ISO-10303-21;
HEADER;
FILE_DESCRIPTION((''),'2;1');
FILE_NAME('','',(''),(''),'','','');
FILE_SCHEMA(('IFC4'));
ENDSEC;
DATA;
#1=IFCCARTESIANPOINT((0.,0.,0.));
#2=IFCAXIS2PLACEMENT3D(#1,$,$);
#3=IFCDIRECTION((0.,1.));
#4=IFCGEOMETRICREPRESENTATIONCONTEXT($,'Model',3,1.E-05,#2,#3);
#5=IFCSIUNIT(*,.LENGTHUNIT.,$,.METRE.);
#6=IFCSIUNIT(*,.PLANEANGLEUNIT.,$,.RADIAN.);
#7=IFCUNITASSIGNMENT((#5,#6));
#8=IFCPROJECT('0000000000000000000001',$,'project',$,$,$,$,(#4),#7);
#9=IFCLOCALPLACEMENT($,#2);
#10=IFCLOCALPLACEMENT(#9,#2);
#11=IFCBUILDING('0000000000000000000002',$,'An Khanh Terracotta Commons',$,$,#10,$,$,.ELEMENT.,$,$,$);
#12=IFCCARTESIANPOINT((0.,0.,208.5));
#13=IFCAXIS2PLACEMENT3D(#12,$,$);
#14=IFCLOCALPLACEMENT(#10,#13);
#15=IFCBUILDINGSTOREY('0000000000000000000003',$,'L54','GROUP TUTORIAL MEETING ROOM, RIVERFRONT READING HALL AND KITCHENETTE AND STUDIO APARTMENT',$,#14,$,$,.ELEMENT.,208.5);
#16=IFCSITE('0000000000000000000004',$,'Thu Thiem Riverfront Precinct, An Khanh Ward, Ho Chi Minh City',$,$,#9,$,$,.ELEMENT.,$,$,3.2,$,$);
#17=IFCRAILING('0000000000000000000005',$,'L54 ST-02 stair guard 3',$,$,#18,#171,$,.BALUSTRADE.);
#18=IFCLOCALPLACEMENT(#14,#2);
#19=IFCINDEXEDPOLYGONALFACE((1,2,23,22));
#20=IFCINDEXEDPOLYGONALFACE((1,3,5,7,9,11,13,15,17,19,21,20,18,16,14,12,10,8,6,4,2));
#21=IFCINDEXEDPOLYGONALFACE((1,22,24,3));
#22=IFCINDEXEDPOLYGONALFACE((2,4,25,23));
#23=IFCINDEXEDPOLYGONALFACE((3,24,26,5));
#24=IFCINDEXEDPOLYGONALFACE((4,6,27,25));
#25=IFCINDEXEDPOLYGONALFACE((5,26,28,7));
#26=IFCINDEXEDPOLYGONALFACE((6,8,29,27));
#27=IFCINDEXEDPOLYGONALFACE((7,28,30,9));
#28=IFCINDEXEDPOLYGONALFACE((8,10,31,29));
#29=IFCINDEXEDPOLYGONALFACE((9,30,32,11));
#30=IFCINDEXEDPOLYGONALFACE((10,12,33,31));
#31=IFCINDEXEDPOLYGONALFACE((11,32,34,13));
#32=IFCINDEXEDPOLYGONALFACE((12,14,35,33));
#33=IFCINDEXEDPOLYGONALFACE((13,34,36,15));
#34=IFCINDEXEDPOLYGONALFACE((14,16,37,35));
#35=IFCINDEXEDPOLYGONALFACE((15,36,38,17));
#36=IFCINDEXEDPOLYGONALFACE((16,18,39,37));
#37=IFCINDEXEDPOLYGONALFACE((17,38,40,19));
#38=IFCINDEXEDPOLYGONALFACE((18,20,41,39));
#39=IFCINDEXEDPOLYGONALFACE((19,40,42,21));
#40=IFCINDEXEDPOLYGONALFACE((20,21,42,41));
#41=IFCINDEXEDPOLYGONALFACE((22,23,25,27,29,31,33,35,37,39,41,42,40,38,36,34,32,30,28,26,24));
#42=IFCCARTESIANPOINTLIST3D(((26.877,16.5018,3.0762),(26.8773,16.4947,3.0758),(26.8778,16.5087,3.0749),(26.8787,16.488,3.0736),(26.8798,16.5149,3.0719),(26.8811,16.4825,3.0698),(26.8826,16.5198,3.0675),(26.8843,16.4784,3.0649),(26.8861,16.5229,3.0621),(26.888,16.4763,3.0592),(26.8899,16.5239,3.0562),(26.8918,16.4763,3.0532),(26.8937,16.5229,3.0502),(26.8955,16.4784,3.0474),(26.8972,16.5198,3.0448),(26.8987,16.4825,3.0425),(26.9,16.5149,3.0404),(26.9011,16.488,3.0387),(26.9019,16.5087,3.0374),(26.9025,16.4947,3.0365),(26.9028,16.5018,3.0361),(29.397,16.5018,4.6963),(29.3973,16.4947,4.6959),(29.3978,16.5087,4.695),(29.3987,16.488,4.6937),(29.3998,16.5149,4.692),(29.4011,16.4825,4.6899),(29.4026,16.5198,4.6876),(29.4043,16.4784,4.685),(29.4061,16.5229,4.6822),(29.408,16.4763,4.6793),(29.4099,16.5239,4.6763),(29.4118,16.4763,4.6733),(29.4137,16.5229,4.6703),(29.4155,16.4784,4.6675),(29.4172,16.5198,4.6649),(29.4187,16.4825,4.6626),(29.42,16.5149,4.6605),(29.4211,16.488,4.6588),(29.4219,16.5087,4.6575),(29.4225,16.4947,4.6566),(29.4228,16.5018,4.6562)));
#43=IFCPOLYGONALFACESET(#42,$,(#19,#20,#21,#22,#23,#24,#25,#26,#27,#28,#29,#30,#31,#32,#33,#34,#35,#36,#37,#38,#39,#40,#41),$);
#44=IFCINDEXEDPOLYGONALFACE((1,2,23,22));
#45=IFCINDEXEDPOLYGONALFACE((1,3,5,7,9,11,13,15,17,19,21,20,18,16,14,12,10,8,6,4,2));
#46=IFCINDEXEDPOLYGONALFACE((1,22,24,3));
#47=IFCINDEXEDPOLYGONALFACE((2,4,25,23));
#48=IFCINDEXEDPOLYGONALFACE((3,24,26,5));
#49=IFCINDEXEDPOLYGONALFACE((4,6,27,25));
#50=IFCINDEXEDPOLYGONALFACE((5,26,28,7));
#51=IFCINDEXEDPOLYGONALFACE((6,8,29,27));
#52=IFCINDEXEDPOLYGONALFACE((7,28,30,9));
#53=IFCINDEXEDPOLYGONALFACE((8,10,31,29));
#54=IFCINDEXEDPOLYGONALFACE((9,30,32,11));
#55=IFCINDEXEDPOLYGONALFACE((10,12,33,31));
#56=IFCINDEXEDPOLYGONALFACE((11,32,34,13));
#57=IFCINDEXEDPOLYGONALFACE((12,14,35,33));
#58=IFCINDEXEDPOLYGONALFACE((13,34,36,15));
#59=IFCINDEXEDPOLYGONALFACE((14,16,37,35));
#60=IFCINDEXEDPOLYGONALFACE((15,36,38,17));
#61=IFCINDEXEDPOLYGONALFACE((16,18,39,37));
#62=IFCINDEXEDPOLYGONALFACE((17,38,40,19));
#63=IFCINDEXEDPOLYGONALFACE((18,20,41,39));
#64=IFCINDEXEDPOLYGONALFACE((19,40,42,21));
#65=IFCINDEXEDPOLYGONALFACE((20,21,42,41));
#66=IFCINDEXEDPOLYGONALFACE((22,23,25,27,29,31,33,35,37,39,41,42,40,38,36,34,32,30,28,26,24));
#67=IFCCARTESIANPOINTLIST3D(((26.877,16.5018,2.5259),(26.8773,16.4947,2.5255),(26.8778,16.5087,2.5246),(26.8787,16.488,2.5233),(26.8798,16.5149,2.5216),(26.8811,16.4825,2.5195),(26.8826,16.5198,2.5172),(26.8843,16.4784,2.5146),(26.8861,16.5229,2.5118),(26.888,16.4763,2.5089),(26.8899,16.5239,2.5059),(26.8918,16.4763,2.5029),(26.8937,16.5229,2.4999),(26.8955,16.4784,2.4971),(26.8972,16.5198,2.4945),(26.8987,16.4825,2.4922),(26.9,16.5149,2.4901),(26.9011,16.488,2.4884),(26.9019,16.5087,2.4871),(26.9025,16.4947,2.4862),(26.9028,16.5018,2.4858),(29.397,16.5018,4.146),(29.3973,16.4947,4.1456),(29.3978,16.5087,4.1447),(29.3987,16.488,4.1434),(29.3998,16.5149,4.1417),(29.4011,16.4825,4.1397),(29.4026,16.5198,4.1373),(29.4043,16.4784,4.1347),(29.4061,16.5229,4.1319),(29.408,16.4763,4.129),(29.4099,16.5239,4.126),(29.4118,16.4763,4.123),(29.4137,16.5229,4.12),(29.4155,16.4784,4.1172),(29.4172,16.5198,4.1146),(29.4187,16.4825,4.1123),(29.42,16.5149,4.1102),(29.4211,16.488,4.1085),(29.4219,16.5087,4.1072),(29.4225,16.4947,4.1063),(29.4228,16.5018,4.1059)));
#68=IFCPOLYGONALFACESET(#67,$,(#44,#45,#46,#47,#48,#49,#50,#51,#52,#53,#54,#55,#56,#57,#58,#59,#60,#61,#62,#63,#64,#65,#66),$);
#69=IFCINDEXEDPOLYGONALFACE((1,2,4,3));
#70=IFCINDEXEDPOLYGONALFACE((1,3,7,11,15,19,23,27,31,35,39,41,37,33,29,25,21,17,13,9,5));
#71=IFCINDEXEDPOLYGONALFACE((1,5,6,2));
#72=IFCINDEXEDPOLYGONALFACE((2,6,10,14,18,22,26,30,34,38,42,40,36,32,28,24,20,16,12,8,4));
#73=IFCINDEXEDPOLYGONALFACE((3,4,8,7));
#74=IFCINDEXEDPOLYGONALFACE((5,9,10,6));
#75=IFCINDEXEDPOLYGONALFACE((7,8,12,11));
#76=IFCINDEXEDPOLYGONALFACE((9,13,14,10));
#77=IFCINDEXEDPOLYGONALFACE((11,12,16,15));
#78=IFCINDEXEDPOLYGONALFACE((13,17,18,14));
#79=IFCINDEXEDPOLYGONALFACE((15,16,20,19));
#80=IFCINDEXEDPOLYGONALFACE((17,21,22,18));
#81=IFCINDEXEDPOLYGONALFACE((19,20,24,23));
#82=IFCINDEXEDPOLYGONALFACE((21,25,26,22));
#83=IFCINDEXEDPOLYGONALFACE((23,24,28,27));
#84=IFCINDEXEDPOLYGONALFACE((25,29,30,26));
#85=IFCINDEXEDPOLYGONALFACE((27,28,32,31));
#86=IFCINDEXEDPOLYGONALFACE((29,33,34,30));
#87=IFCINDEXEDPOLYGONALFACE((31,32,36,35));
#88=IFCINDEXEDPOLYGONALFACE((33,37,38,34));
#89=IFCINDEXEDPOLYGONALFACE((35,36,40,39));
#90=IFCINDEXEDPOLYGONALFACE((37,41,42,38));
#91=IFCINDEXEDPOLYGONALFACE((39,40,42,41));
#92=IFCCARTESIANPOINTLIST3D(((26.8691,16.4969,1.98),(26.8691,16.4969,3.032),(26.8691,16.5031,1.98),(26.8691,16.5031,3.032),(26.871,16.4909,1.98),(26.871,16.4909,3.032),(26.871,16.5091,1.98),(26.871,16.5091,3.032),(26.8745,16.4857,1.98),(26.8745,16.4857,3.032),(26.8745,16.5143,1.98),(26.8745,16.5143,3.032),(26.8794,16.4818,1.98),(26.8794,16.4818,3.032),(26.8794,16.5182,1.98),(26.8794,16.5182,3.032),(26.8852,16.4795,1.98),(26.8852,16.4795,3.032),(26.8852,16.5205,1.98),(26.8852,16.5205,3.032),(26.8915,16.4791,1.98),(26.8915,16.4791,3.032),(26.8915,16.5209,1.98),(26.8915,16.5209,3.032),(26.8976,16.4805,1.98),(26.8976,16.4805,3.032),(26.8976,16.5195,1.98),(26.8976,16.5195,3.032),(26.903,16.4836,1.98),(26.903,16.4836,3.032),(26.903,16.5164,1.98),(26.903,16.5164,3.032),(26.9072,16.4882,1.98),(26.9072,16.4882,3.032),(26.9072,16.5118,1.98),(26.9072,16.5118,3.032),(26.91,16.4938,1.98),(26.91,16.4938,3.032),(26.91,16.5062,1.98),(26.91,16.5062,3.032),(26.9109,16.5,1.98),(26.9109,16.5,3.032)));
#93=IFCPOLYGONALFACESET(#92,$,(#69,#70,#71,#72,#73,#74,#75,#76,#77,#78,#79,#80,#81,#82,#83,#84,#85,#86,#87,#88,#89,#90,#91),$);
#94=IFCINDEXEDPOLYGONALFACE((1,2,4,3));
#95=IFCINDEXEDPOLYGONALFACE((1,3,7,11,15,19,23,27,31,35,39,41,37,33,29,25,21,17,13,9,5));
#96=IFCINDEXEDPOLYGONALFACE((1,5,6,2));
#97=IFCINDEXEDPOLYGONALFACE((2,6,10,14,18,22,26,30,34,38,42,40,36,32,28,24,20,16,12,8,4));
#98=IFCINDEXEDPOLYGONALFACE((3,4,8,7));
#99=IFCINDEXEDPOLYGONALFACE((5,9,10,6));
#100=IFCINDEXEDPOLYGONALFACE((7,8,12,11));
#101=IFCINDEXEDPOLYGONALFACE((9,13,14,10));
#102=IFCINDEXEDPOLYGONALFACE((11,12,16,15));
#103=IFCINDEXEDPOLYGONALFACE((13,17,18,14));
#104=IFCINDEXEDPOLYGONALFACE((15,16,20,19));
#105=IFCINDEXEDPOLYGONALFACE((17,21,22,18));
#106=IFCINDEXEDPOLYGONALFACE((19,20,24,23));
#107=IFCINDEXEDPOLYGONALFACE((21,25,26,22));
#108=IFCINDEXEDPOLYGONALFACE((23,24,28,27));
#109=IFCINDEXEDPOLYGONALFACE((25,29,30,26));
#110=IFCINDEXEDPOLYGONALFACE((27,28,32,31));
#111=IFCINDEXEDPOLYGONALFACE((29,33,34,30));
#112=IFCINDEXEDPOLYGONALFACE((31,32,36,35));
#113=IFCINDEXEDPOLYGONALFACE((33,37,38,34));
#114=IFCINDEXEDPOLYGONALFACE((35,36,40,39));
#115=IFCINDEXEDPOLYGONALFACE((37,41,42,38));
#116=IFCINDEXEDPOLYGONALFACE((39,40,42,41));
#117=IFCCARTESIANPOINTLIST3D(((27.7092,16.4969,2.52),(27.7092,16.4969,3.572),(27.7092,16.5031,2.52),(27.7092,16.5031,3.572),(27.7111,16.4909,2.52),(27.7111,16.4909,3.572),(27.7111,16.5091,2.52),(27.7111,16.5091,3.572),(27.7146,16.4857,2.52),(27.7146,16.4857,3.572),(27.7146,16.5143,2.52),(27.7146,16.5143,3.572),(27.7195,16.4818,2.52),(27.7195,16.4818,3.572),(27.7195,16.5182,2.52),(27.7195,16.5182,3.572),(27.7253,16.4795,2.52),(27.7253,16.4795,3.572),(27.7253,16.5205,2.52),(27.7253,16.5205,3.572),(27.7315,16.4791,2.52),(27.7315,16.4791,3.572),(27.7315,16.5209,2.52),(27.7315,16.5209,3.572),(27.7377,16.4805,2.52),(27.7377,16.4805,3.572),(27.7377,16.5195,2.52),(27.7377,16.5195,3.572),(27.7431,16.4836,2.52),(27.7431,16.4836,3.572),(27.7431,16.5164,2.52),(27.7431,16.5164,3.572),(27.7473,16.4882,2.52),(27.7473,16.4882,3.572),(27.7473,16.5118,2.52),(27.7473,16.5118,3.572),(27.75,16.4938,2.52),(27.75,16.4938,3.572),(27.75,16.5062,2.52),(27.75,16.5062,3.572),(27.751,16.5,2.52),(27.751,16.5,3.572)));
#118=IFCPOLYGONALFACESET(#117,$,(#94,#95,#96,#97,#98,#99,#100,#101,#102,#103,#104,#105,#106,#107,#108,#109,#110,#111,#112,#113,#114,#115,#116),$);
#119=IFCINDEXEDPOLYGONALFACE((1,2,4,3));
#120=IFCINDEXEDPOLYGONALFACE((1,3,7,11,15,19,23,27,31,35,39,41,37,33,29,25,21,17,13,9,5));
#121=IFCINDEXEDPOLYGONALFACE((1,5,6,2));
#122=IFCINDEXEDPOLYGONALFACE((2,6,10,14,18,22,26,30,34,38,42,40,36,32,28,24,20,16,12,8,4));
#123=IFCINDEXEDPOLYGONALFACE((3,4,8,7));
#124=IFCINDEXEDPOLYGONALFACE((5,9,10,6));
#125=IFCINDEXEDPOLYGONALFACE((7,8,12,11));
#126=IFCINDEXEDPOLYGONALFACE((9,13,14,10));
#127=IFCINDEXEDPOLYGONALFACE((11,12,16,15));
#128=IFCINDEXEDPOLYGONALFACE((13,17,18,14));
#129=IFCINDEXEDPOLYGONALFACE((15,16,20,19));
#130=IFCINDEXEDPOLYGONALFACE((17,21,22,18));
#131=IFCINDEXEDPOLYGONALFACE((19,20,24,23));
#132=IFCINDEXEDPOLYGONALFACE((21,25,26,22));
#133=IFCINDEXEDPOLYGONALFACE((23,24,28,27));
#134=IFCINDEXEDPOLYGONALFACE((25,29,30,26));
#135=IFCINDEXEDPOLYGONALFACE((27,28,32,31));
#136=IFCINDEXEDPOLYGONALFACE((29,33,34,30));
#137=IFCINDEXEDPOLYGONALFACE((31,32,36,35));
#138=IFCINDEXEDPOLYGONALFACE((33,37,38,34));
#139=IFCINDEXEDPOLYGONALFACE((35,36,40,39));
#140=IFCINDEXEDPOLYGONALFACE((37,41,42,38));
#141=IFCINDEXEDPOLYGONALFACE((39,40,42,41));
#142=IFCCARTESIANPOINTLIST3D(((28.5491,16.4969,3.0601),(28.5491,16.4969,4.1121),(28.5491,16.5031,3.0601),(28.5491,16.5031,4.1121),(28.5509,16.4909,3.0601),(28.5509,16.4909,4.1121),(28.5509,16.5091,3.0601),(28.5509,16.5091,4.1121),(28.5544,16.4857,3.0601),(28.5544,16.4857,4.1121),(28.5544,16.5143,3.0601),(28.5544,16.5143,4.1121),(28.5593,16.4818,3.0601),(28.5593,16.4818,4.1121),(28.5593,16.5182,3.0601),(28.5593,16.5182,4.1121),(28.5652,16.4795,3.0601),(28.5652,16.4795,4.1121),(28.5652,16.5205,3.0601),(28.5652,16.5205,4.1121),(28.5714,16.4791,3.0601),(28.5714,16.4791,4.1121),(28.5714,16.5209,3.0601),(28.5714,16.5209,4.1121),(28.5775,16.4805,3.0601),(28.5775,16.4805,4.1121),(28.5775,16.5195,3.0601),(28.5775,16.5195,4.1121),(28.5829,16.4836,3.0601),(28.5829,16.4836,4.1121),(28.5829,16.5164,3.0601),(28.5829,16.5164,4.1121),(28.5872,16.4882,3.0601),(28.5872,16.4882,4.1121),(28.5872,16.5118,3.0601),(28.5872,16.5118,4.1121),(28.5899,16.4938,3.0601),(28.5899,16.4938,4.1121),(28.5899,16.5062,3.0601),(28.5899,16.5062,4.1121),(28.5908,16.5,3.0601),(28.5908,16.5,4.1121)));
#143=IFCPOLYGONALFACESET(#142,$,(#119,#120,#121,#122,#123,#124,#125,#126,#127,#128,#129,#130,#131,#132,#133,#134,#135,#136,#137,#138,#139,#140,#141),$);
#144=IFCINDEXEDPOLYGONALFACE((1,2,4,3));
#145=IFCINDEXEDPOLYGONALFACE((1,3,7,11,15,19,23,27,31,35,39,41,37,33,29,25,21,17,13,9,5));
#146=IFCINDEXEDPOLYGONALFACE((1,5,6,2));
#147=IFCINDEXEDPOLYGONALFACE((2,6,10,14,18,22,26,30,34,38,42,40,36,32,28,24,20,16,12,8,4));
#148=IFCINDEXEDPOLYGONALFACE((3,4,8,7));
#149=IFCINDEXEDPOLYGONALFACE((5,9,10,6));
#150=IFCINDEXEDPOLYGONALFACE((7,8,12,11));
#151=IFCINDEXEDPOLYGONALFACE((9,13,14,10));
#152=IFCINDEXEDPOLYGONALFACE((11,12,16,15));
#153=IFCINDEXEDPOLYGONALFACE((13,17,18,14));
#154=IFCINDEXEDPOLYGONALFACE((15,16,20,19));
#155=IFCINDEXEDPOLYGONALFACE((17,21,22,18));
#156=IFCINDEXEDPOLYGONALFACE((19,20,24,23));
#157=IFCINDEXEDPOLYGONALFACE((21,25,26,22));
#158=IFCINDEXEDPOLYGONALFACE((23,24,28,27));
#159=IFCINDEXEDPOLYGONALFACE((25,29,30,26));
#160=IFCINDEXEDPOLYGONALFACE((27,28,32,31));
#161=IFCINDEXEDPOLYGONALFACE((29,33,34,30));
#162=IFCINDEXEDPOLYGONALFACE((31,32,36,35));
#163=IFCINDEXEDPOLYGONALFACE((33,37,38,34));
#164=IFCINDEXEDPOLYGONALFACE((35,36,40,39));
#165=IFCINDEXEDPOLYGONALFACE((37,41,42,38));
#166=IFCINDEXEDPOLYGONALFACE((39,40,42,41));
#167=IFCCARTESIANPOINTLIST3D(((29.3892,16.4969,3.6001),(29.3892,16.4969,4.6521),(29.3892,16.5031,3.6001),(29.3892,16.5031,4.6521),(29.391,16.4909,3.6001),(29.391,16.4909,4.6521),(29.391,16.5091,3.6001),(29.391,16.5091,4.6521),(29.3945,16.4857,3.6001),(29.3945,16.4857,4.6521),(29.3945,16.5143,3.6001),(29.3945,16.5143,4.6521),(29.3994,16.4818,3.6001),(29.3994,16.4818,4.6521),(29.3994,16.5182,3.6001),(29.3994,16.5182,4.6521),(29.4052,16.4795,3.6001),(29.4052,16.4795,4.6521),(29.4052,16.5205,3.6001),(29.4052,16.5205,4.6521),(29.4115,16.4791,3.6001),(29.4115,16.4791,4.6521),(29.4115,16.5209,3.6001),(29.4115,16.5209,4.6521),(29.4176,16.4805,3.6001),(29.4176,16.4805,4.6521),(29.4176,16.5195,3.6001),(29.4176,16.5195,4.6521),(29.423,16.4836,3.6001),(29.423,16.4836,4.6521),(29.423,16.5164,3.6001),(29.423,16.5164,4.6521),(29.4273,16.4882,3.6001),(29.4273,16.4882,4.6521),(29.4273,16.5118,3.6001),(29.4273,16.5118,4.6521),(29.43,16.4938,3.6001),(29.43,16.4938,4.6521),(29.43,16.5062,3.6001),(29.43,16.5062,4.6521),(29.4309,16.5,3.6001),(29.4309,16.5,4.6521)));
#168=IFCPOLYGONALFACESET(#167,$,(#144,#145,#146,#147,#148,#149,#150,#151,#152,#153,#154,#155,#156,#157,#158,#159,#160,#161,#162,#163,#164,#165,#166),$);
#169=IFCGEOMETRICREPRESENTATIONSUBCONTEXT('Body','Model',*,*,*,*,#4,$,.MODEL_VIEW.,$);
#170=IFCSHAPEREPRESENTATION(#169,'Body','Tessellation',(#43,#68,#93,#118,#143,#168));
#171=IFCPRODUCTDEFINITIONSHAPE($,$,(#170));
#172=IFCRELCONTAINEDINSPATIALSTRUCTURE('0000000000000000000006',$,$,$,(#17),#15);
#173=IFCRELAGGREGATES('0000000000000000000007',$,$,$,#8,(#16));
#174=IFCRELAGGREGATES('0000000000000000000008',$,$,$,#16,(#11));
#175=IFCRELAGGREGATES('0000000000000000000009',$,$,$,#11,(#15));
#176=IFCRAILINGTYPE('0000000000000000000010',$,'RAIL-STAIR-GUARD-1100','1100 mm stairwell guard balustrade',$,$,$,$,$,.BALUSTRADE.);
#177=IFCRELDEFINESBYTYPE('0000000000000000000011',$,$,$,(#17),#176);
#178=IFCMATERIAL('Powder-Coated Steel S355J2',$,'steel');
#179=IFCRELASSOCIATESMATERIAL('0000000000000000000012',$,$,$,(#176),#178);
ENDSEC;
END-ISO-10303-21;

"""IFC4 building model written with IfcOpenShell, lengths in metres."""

from ifc_helpers import new_model, si_unit, direction, frame, origin, origin_2d, place, context, subcontext, project, spatial, circle, extrude, material, type_object, element, save


model = new_model("IFC4")

# Units and contexts
model_context = context("Model", 3, precision=1e-05, world=origin(), true_north=direction((0.0, 1.0)))
body_context = subcontext(model_context, "Body", "Model", "MODEL_VIEW")
ifc_project = project(units=[si_unit("LENGTHUNIT", "METRE"), si_unit("PLANEANGLEUNIT", "RADIAN")], contexts=[model_context])

# Site, building, storey
site_placement = place(None, origin())
site = spatial("IfcSite", under=ifc_project, at=site_placement, Name="Thu Thiem Riverfront Precinct, An Khanh Ward, Ho Chi Minh City", CompositionType="ELEMENT", RefElevation=3.2)
building_placement = place(site_placement, origin())
building = spatial("IfcBuilding", under=site, at=building_placement, Name="An Khanh Terracotta Commons", CompositionType="ELEMENT")
storey_placement = place(building_placement, frame((0.0, 0.0, 208.5)))
storey = spatial("IfcBuildingStorey", under=building, at=storey_placement, Name="L54", Description="GROUP TUTORIAL MEETING ROOM, RIVERFRONT READING HALL AND KITCHENETTE AND STUDIO APARTMENT", CompositionType="ELEMENT", Elevation=208.5)

# Railing
ifc_material_1 = material(Name="Powder-Coated Steel S355J2", Category="steel")
railing_type_1 = type_object("IfcRailingType", Name="RAIL-STAIR-GUARD-1100", Description="1100 mm stairwell guard balustrade", PredefinedType="BALUSTRADE", material=ifc_material_1)
railing_1_placement = place(storey_placement, frame((26.8899, 16.5, 1.98)))
element("IfcRailing", 1, at=railing_1_placement, inside=storey, type_object=railing_type_1, Name="L54 ST-02 stair guard 3", PredefinedType="BALUSTRADE", context=body_context, shape_type="SweptSolid", body=[
    extrude(circle(Radius=0.0239, at=origin_2d()), frame((0.0, 0.0, 1.0762), z_axis=(0.841163, 0.0, 0.540782), x_axis=(0.0, 1.0, 0.0)), (0.0, 0.0, 1.0), 2.9958),
    extrude(circle(Radius=0.0239, at=origin_2d()), frame((0.0, 0.0, 0.5259), z_axis=(0.841163, 0.0, 0.540782), x_axis=(0.0, 1.0, 0.0)), (0.0, 0.0, 1.0), 2.9958),
    extrude(circle(Radius=0.021, at=origin_2d()), origin(), (0.0, 0.0, 1.0), 1.052),
    extrude(circle(Radius=0.021, at=origin_2d()), frame((0.8401, 0.0, 0.54)), (0.0, 0.0, 1.0), 1.052),
    extrude(circle(Radius=0.021, at=origin_2d()), frame((1.6799, 0.0, 1.0801)), (0.0, 0.0, 1.0), 1.052),
    extrude(circle(Radius=0.021, at=origin_2d()), frame((2.52, 0.0, 1.6201)), (0.0, 0.0, 1.0), 1.052),
])

save(model, "model.ifc")
